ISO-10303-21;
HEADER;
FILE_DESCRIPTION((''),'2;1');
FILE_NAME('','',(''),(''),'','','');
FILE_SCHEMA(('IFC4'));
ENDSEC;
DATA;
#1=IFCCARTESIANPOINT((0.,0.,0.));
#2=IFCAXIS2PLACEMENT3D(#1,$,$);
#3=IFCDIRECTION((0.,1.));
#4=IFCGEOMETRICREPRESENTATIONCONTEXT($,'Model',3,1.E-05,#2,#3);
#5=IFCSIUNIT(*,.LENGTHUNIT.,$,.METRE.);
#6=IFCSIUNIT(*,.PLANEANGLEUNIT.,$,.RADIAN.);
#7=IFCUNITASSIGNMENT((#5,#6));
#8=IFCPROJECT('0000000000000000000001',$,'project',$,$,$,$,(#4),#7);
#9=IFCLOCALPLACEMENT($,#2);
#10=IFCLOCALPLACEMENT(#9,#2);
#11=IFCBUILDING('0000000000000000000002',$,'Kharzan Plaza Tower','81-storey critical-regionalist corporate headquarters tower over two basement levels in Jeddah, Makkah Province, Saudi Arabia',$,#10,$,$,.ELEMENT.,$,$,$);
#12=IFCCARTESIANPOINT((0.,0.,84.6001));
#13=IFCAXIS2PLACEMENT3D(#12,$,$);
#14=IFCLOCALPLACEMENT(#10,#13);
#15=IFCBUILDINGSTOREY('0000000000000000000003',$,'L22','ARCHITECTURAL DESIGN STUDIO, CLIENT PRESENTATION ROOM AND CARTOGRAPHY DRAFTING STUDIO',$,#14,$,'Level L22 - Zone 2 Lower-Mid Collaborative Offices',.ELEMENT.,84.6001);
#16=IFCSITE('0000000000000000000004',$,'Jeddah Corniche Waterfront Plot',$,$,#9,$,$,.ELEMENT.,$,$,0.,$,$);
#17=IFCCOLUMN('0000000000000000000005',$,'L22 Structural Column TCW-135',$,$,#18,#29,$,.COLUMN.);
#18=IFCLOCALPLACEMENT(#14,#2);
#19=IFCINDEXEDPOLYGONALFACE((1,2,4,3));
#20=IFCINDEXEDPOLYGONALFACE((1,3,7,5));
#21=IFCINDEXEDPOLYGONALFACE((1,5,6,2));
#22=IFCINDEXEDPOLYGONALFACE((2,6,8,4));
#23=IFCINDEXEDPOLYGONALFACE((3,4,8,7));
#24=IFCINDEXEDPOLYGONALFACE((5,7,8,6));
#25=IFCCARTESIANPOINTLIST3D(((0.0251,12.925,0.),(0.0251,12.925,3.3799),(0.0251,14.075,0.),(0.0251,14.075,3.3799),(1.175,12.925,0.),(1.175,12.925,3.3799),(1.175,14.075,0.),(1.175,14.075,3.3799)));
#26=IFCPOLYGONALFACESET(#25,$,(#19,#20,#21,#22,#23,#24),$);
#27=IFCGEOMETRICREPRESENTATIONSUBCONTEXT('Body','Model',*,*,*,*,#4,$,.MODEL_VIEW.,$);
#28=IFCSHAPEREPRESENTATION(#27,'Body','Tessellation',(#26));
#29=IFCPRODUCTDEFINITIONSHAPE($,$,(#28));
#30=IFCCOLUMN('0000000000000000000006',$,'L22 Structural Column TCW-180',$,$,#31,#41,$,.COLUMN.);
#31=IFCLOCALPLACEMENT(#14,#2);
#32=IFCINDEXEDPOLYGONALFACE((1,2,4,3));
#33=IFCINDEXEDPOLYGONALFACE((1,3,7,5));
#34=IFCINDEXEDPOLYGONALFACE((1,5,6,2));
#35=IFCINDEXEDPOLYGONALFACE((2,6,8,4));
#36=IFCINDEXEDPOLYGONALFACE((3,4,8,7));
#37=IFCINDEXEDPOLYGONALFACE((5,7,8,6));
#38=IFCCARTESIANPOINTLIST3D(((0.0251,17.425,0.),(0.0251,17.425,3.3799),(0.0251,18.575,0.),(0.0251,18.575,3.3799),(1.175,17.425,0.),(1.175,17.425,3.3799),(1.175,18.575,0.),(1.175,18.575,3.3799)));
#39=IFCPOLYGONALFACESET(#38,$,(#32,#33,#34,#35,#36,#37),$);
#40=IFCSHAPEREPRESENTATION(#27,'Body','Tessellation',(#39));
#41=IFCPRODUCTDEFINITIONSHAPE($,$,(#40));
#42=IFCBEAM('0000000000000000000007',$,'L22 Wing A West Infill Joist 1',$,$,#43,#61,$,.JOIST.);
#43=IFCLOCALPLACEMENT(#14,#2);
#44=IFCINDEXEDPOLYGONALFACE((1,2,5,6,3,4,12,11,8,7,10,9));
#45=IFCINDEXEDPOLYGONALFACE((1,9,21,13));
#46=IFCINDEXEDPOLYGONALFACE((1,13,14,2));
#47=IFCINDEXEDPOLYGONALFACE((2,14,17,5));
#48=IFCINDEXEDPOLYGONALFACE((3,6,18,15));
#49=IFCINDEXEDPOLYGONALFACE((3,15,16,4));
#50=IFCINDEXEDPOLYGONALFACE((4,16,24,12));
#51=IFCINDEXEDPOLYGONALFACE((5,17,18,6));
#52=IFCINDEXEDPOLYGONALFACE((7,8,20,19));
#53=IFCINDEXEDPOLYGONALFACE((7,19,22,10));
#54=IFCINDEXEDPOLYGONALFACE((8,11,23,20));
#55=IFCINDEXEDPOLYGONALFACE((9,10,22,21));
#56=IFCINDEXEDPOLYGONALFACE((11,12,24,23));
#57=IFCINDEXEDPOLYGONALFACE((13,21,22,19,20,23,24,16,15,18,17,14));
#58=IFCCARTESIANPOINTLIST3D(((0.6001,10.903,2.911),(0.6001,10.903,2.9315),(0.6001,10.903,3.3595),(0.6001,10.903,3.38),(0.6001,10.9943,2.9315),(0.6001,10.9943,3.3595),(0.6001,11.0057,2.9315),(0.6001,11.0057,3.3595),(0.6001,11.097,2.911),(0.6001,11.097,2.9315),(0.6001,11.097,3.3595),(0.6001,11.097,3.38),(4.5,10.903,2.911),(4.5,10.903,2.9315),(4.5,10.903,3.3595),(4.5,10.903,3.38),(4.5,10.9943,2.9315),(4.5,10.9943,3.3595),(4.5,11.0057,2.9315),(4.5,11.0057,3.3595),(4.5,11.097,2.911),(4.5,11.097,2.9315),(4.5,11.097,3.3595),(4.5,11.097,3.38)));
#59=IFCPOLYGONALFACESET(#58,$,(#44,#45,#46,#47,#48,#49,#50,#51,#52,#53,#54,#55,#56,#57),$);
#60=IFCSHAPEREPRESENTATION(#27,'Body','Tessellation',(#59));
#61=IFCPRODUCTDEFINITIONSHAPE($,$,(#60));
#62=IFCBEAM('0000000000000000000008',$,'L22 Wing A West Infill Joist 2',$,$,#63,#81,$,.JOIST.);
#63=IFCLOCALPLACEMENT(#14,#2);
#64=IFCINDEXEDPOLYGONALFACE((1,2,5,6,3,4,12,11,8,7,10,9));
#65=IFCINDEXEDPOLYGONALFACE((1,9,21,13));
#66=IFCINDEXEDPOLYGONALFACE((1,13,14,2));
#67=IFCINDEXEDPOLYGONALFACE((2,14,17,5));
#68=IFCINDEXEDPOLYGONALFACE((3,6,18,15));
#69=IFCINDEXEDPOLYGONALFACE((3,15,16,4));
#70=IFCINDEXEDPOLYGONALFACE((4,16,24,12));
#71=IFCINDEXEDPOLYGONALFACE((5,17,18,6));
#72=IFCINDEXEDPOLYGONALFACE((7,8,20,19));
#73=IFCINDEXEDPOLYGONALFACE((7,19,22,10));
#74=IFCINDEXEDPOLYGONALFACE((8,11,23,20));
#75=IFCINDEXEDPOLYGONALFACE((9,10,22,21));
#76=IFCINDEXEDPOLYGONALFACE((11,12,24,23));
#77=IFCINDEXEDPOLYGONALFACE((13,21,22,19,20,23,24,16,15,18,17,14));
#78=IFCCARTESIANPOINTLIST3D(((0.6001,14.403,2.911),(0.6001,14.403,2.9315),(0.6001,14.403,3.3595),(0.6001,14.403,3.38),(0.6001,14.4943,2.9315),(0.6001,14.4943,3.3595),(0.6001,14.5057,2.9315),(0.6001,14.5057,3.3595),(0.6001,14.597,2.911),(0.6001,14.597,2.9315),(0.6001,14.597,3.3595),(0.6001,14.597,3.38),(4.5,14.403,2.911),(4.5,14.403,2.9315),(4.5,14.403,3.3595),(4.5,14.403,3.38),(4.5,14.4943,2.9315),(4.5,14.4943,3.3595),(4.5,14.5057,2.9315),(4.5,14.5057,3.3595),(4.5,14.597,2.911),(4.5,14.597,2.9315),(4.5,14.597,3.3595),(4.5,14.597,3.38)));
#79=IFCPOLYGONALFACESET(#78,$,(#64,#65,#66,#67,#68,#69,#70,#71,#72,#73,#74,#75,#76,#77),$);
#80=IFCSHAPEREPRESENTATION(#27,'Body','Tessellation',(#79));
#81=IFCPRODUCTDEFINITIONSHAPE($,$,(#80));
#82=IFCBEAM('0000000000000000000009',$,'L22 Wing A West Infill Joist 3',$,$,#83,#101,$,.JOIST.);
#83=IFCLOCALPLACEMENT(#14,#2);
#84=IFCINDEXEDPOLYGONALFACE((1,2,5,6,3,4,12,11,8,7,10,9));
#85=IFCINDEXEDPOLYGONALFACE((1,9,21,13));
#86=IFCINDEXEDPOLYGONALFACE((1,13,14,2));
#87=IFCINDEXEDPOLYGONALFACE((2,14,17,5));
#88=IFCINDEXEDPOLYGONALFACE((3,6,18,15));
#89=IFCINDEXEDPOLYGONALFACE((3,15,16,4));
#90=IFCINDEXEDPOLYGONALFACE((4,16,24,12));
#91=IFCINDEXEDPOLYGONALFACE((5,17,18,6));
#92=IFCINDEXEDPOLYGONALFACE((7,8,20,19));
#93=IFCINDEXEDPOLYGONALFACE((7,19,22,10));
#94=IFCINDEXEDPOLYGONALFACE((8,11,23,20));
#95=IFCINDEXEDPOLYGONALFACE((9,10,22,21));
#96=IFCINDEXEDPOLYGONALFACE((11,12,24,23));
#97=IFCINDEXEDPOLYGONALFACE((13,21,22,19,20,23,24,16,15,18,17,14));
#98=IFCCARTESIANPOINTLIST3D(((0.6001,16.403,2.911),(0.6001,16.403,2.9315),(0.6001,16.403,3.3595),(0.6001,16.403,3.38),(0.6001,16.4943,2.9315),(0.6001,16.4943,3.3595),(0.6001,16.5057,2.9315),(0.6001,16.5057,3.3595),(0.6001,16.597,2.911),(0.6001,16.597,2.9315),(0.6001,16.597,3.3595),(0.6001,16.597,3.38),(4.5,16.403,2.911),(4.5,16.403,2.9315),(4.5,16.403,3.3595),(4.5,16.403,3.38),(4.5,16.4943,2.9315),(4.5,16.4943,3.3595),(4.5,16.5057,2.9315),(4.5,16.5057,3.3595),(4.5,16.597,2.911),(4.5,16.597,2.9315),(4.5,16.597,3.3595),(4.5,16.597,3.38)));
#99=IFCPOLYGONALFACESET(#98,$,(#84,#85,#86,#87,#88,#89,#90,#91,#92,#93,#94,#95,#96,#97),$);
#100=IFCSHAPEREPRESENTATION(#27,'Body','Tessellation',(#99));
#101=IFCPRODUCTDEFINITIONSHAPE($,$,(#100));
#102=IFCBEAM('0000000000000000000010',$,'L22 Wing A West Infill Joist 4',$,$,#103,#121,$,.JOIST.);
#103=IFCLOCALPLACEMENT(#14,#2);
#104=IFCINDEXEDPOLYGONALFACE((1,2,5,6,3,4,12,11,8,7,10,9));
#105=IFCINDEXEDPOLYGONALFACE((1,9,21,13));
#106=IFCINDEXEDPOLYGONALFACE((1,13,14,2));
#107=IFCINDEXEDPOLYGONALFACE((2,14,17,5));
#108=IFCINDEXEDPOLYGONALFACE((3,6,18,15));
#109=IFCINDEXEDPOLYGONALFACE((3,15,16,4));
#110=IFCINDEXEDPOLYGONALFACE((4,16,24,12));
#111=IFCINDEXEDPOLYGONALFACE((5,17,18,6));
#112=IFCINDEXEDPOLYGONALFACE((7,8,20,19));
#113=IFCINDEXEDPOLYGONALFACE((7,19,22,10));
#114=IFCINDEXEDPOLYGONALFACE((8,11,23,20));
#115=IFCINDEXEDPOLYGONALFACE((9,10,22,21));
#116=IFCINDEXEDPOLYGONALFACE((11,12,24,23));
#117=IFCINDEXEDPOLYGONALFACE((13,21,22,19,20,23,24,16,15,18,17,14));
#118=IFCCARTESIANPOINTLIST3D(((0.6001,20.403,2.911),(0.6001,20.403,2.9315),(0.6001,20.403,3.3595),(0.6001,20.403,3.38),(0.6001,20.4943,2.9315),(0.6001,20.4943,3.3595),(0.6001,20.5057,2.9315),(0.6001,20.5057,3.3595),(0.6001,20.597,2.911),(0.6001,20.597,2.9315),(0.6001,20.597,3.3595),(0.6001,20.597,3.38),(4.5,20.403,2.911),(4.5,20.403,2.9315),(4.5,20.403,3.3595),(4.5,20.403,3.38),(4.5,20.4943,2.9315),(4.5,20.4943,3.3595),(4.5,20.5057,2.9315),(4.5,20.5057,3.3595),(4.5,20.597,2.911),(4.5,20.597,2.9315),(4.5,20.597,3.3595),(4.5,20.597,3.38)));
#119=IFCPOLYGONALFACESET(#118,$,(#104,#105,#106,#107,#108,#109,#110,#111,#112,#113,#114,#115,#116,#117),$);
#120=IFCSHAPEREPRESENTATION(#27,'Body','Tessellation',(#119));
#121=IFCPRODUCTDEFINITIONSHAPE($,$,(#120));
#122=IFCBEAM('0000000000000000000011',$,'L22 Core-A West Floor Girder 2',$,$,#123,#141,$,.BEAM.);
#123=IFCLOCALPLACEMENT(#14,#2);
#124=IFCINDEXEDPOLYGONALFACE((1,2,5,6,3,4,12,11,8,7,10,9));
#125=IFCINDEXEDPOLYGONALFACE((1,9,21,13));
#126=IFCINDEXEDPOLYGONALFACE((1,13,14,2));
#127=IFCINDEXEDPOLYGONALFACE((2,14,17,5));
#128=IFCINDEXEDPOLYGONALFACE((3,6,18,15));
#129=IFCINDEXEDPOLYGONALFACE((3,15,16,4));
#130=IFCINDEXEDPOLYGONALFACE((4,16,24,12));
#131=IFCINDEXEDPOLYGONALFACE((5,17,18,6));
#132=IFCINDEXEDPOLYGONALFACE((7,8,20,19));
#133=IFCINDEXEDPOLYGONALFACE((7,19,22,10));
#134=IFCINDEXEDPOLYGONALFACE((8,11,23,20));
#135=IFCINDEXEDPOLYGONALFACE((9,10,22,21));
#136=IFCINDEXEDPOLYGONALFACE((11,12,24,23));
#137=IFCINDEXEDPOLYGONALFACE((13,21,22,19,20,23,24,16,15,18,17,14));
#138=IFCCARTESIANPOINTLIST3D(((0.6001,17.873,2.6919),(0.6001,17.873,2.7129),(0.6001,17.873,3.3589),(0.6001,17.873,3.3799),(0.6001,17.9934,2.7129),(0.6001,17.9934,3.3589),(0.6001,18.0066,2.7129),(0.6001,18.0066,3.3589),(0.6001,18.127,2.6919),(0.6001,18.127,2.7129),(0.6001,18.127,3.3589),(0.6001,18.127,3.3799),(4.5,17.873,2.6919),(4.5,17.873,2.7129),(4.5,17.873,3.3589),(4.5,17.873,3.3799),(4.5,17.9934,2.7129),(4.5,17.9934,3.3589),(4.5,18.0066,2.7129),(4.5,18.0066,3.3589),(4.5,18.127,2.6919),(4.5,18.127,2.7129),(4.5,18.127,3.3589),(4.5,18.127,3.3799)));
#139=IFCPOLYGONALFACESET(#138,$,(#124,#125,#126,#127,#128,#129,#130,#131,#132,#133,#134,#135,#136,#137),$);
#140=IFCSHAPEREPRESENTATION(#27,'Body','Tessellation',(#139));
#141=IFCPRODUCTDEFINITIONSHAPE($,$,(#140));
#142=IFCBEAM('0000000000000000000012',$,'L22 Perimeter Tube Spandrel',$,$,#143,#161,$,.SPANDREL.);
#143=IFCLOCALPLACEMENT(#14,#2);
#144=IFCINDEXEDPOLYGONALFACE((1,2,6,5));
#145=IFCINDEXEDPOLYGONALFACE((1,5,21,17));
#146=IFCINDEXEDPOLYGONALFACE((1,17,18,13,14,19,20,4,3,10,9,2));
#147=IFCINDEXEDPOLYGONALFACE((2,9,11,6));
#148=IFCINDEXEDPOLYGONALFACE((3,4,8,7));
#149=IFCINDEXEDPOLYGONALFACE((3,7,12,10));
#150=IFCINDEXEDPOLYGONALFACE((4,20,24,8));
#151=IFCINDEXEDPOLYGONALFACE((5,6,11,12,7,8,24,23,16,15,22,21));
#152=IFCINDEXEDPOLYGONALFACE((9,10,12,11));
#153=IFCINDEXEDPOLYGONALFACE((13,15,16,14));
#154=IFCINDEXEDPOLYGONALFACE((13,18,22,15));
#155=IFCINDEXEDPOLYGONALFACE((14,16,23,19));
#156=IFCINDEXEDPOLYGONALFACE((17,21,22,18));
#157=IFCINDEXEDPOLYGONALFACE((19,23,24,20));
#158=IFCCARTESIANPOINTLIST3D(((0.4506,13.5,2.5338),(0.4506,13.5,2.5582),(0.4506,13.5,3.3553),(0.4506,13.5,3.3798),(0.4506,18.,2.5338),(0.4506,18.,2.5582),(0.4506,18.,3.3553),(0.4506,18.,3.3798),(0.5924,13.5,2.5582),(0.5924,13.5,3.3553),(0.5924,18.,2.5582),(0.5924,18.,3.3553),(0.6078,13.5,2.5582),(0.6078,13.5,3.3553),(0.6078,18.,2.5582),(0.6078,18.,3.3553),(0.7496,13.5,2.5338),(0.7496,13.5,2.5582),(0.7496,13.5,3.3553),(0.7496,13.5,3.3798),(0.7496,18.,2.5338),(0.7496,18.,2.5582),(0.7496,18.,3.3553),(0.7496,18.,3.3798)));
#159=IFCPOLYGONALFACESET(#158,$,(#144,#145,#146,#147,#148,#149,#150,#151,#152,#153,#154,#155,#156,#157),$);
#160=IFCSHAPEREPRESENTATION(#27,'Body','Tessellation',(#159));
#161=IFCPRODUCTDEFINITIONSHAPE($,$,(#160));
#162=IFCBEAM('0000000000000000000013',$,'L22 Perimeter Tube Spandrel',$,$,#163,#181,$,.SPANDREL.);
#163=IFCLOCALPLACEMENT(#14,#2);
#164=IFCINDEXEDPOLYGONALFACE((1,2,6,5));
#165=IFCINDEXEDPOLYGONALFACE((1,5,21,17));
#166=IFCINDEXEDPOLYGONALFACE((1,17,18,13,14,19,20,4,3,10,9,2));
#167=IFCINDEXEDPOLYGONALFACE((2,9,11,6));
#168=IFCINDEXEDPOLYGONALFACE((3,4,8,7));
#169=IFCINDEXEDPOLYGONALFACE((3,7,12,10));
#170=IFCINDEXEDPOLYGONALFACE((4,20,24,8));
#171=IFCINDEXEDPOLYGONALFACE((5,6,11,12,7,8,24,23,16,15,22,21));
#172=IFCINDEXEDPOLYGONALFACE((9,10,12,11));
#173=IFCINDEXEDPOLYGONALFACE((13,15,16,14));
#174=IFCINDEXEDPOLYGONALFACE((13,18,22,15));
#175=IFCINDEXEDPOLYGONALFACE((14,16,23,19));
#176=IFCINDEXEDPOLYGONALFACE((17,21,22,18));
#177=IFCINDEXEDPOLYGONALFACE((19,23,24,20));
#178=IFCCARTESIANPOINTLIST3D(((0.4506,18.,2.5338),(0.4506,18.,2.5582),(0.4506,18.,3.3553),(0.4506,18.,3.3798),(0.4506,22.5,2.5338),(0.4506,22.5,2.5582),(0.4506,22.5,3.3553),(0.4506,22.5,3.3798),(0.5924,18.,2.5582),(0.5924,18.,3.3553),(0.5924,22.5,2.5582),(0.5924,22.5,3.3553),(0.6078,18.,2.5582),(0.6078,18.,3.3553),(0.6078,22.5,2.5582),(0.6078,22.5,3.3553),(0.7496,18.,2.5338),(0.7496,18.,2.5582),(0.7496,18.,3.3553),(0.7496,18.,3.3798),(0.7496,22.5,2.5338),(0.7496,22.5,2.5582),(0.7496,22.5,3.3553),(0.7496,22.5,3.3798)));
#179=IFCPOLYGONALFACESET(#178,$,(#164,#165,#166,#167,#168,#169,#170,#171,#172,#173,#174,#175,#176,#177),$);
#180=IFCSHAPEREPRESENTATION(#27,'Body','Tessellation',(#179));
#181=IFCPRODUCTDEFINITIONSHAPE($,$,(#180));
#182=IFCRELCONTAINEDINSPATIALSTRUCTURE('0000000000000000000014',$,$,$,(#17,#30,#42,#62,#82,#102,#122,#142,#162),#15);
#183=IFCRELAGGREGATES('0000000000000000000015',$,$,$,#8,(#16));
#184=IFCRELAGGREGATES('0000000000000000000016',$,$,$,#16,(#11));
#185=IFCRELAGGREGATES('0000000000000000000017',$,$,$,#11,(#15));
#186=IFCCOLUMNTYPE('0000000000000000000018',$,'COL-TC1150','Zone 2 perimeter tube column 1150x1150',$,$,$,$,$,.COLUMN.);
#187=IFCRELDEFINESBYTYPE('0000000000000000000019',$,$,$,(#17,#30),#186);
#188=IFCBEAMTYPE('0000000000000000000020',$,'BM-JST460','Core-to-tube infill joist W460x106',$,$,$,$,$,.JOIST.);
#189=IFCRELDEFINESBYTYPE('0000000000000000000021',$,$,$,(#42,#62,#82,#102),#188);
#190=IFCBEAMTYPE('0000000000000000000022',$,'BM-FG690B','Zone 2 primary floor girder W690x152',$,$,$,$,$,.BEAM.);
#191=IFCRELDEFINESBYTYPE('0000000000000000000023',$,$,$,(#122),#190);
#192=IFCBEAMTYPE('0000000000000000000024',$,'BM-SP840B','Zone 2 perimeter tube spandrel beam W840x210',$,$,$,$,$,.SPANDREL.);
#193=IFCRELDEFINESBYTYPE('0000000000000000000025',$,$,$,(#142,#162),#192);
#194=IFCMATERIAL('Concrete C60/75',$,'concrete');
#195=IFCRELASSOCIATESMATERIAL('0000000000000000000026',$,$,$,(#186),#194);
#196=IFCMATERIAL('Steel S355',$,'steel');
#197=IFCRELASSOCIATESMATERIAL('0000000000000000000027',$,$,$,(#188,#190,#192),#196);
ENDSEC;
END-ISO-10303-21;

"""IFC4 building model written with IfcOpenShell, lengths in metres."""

from ifc_helpers import new_model, si_unit, direction, frame, origin, origin_2d, place, context, subcontext, project, spatial, rectangle, i_section, extrude, source, transform, mapped, material, material_profile, profile_set, type_object, element, save


model = new_model("IFC4")

# Units and contexts
model_context = context("Model", 3, precision=1e-05, world=origin(), true_north=direction((0.0, 1.0)))
body_context = subcontext(model_context, "Body", "Model", "MODEL_VIEW")
ifc_project = project(units=[si_unit("LENGTHUNIT", "METRE"), si_unit("PLANEANGLEUNIT", "RADIAN")], contexts=[model_context])

# Site, building, storey
site_placement = place(None, origin())
site = spatial("IfcSite", under=ifc_project, at=site_placement, Name="Jeddah Corniche Waterfront Plot", CompositionType="ELEMENT", RefElevation=0.0)
building_placement = place(site_placement, origin())
building = spatial("IfcBuilding", under=site, at=building_placement, Name="Kharzan Plaza Tower", Description="81-storey critical-regionalist corporate headquarters tower over two basement levels in Jeddah, Makkah Province, Saudi Arabia", CompositionType="ELEMENT")
storey_placement = place(building_placement, frame((0.0, 0.0, 84.6001)))
storey = spatial("IfcBuildingStorey", under=building, at=storey_placement, Name="L22", Description="ARCHITECTURAL DESIGN STUDIO, CLIENT PRESENTATION ROOM AND CARTOGRAPHY DRAFTING STUDIO", LongName="Level L22 - Zone 2 Lower-Mid Collaborative Offices", CompositionType="ELEMENT", Elevation=84.6001)

# Columns
ifc_material_1 = material(Name="Concrete C60/75", Category="concrete")
ifc_material_profile_1 = material_profile(ifc_material_1, rectangle(XDim=1.1499, YDim=1.1499, at=origin_2d()), Name="RC-TC1150x1150")
ifc_profile_set_1 = profile_set([ifc_material_profile_1], Name="Concrete C60/75")
column_type = type_object("IfcColumnType", Name="COL-TC1150", Description="Zone 2 perimeter tube column 1150x1150", PredefinedType="COLUMN", material=ifc_profile_set_1)
shared_shape_1 = source(origin(), body_context, "Body", "SweptSolid", [
    extrude(rectangle(XDim=1.1499, YDim=1.1499, at=origin_2d()), origin(), (0.0, 0.0, 1.0), 3.3799),
])
for number, where, z_axis, x_axis, name in (
    (1, (0.6001, 13.5, 0.0), (0.0, 0.0, 1.0), (1.0, 0.0, 0.0), "L22 Structural Column TCW-135"),
    (2, (0.6001, 18.0, 0.0), (0.0, 0.0, 1.0), (1.0, 0.0, 0.0), "L22 Structural Column TCW-180"),
):
    element("IfcColumn", number, at=place(storey_placement, frame(where, z_axis=z_axis, x_axis=x_axis)), inside=storey, type_object=column_type, Name=name, PredefinedType="COLUMN", context=body_context, shape_type="MappedRepresentation", body=[
        mapped(shared_shape_1, transform((0.0, 0.0, 0.0), x_axis=(1.0, 0.0, 0.0), y_axis=(0.0, 1.0, 0.0), z_axis=(0.0, 0.0, 1.0))),
    ])

# Beams
ifc_material_2 = material(Name="Steel S355", Category="steel")
ifc_material_profile_2 = material_profile(ifc_material_2, i_section(OverallWidth=0.1941, OverallDepth=0.469, WebThickness=0.0115, FlangeThickness=0.0205, at=origin_2d()), Name="W460x106")
ifc_profile_set_2 = profile_set([ifc_material_profile_2], Name="Steel S355")
beam_type_1 = type_object("IfcBeamType", Name="BM-JST460", Description="Core-to-tube infill joist W460x106", PredefinedType="JOIST", material=ifc_profile_set_2)
shared_shape_2 = source(origin(), body_context, "Body", "SweptSolid", [
    extrude(i_section(OverallWidth=0.1941, OverallDepth=0.469, WebThickness=0.0115, FlangeThickness=0.0205, at=origin_2d()), origin(), (0.0, 0.0, 1.0), 3.8999),
])
for number, where, z_axis, x_axis, name in (
    (3, (0.6001, 11.0, 3.1455), (1.0, 0.0, 0.0), (0.0, 1.0, 0.0), "L22 Wing A West Infill Joist 1"),
    (4, (0.6001, 14.5, 3.1455), (1.0, 0.0, 0.0), (0.0, 1.0, 0.0), "L22 Wing A West Infill Joist 2"),
    (5, (0.6001, 16.5, 3.1455), (1.0, 0.0, 0.0), (0.0, 1.0, 0.0), "L22 Wing A West Infill Joist 3"),
    (6, (0.6001, 20.5, 3.1455), (1.0, 0.0, 0.0), (0.0, 1.0, 0.0), "L22 Wing A West Infill Joist 4"),
):
    element("IfcBeam", number, at=place(storey_placement, frame(where, z_axis=z_axis, x_axis=x_axis)), inside=storey, type_object=beam_type_1, Name=name, PredefinedType="JOIST", context=body_context, shape_type="MappedRepresentation", body=[
        mapped(shared_shape_2, transform((0.0, 0.0, 0.0), x_axis=(1.0, 0.0, 0.0), y_axis=(0.0, 1.0, 0.0), z_axis=(0.0, 0.0, 1.0))),
    ])
ifc_material_profile_3 = material_profile(ifc_material_2, i_section(OverallWidth=0.2539, OverallDepth=0.688, WebThickness=0.0132, FlangeThickness=0.021, at=origin_2d()), Name="W690x152")
ifc_profile_set_3 = profile_set([ifc_material_profile_3], Name="Steel S355")
beam_type_2 = type_object("IfcBeamType", Name="BM-FG690B", Description="Zone 2 primary floor girder W690x152", PredefinedType="BEAM", material=ifc_profile_set_3)
shared_shape_3 = source(origin(), body_context, "Body", "SweptSolid", [
    extrude(i_section(OverallWidth=0.2539, OverallDepth=0.688, WebThickness=0.0132, FlangeThickness=0.021, at=origin_2d()), origin(), (0.0, 0.0, 1.0), 3.8999),
])
beam_placement = place(storey_placement, frame((0.6001, 18.0, 3.0359), z_axis=(1.0, 0.0, 0.0), x_axis=(0.0, 1.0, 0.0)))
element("IfcBeam", 7, at=beam_placement, inside=storey, type_object=beam_type_2, Name="L22 Core-A West Floor Girder 2", PredefinedType="BEAM", context=body_context, shape_type="MappedRepresentation", body=[
    mapped(shared_shape_3, transform((0.0, 0.0, 0.0), x_axis=(1.0, 0.0, 0.0), y_axis=(0.0, 1.0, 0.0), z_axis=(0.0, 0.0, 1.0))),
])
ifc_material_profile_4 = material_profile(ifc_material_2, i_section(OverallWidth=0.2991, OverallDepth=0.8459, WebThickness=0.0154, FlangeThickness=0.0244, at=origin_2d()), Name="W840x210")
ifc_profile_set_4 = profile_set([ifc_material_profile_4], Name="Steel S355")
beam_type_3 = type_object("IfcBeamType", Name="BM-SP840B", Description="Zone 2 perimeter tube spandrel beam W840x210", PredefinedType="SPANDREL", material=ifc_profile_set_4)
shared_shape_4 = source(origin(), body_context, "Body", "SweptSolid", [
    extrude(i_section(OverallWidth=0.2991, OverallDepth=0.8459, WebThickness=0.0154, FlangeThickness=0.0244, at=origin_2d()), origin(), (0.0, 0.0, 1.0), 4.5),
])
for number, where, z_axis, x_axis, name in (
    (8, (0.6001, 13.5, 2.9568), (0.0, 1.0, 0.0), (-1.0, 0.0, 0.0), "L22 Perimeter Tube Spandrel"),
    (9, (0.6001, 18.0, 2.9568), (0.0, 1.0, 0.0), (-1.0, 0.0, 0.0), "L22 Perimeter Tube Spandrel"),
):
    element("IfcBeam", number, at=place(storey_placement, frame(where, z_axis=z_axis, x_axis=x_axis)), inside=storey, type_object=beam_type_3, Name=name, PredefinedType="SPANDREL", context=body_context, shape_type="MappedRepresentation", body=[
        mapped(shared_shape_4, transform((0.0, 0.0, 0.0), x_axis=(1.0, 0.0, 0.0), y_axis=(0.0, 1.0, 0.0), z_axis=(0.0, 0.0, 1.0))),
    ])

save(model, "model.ifc")
